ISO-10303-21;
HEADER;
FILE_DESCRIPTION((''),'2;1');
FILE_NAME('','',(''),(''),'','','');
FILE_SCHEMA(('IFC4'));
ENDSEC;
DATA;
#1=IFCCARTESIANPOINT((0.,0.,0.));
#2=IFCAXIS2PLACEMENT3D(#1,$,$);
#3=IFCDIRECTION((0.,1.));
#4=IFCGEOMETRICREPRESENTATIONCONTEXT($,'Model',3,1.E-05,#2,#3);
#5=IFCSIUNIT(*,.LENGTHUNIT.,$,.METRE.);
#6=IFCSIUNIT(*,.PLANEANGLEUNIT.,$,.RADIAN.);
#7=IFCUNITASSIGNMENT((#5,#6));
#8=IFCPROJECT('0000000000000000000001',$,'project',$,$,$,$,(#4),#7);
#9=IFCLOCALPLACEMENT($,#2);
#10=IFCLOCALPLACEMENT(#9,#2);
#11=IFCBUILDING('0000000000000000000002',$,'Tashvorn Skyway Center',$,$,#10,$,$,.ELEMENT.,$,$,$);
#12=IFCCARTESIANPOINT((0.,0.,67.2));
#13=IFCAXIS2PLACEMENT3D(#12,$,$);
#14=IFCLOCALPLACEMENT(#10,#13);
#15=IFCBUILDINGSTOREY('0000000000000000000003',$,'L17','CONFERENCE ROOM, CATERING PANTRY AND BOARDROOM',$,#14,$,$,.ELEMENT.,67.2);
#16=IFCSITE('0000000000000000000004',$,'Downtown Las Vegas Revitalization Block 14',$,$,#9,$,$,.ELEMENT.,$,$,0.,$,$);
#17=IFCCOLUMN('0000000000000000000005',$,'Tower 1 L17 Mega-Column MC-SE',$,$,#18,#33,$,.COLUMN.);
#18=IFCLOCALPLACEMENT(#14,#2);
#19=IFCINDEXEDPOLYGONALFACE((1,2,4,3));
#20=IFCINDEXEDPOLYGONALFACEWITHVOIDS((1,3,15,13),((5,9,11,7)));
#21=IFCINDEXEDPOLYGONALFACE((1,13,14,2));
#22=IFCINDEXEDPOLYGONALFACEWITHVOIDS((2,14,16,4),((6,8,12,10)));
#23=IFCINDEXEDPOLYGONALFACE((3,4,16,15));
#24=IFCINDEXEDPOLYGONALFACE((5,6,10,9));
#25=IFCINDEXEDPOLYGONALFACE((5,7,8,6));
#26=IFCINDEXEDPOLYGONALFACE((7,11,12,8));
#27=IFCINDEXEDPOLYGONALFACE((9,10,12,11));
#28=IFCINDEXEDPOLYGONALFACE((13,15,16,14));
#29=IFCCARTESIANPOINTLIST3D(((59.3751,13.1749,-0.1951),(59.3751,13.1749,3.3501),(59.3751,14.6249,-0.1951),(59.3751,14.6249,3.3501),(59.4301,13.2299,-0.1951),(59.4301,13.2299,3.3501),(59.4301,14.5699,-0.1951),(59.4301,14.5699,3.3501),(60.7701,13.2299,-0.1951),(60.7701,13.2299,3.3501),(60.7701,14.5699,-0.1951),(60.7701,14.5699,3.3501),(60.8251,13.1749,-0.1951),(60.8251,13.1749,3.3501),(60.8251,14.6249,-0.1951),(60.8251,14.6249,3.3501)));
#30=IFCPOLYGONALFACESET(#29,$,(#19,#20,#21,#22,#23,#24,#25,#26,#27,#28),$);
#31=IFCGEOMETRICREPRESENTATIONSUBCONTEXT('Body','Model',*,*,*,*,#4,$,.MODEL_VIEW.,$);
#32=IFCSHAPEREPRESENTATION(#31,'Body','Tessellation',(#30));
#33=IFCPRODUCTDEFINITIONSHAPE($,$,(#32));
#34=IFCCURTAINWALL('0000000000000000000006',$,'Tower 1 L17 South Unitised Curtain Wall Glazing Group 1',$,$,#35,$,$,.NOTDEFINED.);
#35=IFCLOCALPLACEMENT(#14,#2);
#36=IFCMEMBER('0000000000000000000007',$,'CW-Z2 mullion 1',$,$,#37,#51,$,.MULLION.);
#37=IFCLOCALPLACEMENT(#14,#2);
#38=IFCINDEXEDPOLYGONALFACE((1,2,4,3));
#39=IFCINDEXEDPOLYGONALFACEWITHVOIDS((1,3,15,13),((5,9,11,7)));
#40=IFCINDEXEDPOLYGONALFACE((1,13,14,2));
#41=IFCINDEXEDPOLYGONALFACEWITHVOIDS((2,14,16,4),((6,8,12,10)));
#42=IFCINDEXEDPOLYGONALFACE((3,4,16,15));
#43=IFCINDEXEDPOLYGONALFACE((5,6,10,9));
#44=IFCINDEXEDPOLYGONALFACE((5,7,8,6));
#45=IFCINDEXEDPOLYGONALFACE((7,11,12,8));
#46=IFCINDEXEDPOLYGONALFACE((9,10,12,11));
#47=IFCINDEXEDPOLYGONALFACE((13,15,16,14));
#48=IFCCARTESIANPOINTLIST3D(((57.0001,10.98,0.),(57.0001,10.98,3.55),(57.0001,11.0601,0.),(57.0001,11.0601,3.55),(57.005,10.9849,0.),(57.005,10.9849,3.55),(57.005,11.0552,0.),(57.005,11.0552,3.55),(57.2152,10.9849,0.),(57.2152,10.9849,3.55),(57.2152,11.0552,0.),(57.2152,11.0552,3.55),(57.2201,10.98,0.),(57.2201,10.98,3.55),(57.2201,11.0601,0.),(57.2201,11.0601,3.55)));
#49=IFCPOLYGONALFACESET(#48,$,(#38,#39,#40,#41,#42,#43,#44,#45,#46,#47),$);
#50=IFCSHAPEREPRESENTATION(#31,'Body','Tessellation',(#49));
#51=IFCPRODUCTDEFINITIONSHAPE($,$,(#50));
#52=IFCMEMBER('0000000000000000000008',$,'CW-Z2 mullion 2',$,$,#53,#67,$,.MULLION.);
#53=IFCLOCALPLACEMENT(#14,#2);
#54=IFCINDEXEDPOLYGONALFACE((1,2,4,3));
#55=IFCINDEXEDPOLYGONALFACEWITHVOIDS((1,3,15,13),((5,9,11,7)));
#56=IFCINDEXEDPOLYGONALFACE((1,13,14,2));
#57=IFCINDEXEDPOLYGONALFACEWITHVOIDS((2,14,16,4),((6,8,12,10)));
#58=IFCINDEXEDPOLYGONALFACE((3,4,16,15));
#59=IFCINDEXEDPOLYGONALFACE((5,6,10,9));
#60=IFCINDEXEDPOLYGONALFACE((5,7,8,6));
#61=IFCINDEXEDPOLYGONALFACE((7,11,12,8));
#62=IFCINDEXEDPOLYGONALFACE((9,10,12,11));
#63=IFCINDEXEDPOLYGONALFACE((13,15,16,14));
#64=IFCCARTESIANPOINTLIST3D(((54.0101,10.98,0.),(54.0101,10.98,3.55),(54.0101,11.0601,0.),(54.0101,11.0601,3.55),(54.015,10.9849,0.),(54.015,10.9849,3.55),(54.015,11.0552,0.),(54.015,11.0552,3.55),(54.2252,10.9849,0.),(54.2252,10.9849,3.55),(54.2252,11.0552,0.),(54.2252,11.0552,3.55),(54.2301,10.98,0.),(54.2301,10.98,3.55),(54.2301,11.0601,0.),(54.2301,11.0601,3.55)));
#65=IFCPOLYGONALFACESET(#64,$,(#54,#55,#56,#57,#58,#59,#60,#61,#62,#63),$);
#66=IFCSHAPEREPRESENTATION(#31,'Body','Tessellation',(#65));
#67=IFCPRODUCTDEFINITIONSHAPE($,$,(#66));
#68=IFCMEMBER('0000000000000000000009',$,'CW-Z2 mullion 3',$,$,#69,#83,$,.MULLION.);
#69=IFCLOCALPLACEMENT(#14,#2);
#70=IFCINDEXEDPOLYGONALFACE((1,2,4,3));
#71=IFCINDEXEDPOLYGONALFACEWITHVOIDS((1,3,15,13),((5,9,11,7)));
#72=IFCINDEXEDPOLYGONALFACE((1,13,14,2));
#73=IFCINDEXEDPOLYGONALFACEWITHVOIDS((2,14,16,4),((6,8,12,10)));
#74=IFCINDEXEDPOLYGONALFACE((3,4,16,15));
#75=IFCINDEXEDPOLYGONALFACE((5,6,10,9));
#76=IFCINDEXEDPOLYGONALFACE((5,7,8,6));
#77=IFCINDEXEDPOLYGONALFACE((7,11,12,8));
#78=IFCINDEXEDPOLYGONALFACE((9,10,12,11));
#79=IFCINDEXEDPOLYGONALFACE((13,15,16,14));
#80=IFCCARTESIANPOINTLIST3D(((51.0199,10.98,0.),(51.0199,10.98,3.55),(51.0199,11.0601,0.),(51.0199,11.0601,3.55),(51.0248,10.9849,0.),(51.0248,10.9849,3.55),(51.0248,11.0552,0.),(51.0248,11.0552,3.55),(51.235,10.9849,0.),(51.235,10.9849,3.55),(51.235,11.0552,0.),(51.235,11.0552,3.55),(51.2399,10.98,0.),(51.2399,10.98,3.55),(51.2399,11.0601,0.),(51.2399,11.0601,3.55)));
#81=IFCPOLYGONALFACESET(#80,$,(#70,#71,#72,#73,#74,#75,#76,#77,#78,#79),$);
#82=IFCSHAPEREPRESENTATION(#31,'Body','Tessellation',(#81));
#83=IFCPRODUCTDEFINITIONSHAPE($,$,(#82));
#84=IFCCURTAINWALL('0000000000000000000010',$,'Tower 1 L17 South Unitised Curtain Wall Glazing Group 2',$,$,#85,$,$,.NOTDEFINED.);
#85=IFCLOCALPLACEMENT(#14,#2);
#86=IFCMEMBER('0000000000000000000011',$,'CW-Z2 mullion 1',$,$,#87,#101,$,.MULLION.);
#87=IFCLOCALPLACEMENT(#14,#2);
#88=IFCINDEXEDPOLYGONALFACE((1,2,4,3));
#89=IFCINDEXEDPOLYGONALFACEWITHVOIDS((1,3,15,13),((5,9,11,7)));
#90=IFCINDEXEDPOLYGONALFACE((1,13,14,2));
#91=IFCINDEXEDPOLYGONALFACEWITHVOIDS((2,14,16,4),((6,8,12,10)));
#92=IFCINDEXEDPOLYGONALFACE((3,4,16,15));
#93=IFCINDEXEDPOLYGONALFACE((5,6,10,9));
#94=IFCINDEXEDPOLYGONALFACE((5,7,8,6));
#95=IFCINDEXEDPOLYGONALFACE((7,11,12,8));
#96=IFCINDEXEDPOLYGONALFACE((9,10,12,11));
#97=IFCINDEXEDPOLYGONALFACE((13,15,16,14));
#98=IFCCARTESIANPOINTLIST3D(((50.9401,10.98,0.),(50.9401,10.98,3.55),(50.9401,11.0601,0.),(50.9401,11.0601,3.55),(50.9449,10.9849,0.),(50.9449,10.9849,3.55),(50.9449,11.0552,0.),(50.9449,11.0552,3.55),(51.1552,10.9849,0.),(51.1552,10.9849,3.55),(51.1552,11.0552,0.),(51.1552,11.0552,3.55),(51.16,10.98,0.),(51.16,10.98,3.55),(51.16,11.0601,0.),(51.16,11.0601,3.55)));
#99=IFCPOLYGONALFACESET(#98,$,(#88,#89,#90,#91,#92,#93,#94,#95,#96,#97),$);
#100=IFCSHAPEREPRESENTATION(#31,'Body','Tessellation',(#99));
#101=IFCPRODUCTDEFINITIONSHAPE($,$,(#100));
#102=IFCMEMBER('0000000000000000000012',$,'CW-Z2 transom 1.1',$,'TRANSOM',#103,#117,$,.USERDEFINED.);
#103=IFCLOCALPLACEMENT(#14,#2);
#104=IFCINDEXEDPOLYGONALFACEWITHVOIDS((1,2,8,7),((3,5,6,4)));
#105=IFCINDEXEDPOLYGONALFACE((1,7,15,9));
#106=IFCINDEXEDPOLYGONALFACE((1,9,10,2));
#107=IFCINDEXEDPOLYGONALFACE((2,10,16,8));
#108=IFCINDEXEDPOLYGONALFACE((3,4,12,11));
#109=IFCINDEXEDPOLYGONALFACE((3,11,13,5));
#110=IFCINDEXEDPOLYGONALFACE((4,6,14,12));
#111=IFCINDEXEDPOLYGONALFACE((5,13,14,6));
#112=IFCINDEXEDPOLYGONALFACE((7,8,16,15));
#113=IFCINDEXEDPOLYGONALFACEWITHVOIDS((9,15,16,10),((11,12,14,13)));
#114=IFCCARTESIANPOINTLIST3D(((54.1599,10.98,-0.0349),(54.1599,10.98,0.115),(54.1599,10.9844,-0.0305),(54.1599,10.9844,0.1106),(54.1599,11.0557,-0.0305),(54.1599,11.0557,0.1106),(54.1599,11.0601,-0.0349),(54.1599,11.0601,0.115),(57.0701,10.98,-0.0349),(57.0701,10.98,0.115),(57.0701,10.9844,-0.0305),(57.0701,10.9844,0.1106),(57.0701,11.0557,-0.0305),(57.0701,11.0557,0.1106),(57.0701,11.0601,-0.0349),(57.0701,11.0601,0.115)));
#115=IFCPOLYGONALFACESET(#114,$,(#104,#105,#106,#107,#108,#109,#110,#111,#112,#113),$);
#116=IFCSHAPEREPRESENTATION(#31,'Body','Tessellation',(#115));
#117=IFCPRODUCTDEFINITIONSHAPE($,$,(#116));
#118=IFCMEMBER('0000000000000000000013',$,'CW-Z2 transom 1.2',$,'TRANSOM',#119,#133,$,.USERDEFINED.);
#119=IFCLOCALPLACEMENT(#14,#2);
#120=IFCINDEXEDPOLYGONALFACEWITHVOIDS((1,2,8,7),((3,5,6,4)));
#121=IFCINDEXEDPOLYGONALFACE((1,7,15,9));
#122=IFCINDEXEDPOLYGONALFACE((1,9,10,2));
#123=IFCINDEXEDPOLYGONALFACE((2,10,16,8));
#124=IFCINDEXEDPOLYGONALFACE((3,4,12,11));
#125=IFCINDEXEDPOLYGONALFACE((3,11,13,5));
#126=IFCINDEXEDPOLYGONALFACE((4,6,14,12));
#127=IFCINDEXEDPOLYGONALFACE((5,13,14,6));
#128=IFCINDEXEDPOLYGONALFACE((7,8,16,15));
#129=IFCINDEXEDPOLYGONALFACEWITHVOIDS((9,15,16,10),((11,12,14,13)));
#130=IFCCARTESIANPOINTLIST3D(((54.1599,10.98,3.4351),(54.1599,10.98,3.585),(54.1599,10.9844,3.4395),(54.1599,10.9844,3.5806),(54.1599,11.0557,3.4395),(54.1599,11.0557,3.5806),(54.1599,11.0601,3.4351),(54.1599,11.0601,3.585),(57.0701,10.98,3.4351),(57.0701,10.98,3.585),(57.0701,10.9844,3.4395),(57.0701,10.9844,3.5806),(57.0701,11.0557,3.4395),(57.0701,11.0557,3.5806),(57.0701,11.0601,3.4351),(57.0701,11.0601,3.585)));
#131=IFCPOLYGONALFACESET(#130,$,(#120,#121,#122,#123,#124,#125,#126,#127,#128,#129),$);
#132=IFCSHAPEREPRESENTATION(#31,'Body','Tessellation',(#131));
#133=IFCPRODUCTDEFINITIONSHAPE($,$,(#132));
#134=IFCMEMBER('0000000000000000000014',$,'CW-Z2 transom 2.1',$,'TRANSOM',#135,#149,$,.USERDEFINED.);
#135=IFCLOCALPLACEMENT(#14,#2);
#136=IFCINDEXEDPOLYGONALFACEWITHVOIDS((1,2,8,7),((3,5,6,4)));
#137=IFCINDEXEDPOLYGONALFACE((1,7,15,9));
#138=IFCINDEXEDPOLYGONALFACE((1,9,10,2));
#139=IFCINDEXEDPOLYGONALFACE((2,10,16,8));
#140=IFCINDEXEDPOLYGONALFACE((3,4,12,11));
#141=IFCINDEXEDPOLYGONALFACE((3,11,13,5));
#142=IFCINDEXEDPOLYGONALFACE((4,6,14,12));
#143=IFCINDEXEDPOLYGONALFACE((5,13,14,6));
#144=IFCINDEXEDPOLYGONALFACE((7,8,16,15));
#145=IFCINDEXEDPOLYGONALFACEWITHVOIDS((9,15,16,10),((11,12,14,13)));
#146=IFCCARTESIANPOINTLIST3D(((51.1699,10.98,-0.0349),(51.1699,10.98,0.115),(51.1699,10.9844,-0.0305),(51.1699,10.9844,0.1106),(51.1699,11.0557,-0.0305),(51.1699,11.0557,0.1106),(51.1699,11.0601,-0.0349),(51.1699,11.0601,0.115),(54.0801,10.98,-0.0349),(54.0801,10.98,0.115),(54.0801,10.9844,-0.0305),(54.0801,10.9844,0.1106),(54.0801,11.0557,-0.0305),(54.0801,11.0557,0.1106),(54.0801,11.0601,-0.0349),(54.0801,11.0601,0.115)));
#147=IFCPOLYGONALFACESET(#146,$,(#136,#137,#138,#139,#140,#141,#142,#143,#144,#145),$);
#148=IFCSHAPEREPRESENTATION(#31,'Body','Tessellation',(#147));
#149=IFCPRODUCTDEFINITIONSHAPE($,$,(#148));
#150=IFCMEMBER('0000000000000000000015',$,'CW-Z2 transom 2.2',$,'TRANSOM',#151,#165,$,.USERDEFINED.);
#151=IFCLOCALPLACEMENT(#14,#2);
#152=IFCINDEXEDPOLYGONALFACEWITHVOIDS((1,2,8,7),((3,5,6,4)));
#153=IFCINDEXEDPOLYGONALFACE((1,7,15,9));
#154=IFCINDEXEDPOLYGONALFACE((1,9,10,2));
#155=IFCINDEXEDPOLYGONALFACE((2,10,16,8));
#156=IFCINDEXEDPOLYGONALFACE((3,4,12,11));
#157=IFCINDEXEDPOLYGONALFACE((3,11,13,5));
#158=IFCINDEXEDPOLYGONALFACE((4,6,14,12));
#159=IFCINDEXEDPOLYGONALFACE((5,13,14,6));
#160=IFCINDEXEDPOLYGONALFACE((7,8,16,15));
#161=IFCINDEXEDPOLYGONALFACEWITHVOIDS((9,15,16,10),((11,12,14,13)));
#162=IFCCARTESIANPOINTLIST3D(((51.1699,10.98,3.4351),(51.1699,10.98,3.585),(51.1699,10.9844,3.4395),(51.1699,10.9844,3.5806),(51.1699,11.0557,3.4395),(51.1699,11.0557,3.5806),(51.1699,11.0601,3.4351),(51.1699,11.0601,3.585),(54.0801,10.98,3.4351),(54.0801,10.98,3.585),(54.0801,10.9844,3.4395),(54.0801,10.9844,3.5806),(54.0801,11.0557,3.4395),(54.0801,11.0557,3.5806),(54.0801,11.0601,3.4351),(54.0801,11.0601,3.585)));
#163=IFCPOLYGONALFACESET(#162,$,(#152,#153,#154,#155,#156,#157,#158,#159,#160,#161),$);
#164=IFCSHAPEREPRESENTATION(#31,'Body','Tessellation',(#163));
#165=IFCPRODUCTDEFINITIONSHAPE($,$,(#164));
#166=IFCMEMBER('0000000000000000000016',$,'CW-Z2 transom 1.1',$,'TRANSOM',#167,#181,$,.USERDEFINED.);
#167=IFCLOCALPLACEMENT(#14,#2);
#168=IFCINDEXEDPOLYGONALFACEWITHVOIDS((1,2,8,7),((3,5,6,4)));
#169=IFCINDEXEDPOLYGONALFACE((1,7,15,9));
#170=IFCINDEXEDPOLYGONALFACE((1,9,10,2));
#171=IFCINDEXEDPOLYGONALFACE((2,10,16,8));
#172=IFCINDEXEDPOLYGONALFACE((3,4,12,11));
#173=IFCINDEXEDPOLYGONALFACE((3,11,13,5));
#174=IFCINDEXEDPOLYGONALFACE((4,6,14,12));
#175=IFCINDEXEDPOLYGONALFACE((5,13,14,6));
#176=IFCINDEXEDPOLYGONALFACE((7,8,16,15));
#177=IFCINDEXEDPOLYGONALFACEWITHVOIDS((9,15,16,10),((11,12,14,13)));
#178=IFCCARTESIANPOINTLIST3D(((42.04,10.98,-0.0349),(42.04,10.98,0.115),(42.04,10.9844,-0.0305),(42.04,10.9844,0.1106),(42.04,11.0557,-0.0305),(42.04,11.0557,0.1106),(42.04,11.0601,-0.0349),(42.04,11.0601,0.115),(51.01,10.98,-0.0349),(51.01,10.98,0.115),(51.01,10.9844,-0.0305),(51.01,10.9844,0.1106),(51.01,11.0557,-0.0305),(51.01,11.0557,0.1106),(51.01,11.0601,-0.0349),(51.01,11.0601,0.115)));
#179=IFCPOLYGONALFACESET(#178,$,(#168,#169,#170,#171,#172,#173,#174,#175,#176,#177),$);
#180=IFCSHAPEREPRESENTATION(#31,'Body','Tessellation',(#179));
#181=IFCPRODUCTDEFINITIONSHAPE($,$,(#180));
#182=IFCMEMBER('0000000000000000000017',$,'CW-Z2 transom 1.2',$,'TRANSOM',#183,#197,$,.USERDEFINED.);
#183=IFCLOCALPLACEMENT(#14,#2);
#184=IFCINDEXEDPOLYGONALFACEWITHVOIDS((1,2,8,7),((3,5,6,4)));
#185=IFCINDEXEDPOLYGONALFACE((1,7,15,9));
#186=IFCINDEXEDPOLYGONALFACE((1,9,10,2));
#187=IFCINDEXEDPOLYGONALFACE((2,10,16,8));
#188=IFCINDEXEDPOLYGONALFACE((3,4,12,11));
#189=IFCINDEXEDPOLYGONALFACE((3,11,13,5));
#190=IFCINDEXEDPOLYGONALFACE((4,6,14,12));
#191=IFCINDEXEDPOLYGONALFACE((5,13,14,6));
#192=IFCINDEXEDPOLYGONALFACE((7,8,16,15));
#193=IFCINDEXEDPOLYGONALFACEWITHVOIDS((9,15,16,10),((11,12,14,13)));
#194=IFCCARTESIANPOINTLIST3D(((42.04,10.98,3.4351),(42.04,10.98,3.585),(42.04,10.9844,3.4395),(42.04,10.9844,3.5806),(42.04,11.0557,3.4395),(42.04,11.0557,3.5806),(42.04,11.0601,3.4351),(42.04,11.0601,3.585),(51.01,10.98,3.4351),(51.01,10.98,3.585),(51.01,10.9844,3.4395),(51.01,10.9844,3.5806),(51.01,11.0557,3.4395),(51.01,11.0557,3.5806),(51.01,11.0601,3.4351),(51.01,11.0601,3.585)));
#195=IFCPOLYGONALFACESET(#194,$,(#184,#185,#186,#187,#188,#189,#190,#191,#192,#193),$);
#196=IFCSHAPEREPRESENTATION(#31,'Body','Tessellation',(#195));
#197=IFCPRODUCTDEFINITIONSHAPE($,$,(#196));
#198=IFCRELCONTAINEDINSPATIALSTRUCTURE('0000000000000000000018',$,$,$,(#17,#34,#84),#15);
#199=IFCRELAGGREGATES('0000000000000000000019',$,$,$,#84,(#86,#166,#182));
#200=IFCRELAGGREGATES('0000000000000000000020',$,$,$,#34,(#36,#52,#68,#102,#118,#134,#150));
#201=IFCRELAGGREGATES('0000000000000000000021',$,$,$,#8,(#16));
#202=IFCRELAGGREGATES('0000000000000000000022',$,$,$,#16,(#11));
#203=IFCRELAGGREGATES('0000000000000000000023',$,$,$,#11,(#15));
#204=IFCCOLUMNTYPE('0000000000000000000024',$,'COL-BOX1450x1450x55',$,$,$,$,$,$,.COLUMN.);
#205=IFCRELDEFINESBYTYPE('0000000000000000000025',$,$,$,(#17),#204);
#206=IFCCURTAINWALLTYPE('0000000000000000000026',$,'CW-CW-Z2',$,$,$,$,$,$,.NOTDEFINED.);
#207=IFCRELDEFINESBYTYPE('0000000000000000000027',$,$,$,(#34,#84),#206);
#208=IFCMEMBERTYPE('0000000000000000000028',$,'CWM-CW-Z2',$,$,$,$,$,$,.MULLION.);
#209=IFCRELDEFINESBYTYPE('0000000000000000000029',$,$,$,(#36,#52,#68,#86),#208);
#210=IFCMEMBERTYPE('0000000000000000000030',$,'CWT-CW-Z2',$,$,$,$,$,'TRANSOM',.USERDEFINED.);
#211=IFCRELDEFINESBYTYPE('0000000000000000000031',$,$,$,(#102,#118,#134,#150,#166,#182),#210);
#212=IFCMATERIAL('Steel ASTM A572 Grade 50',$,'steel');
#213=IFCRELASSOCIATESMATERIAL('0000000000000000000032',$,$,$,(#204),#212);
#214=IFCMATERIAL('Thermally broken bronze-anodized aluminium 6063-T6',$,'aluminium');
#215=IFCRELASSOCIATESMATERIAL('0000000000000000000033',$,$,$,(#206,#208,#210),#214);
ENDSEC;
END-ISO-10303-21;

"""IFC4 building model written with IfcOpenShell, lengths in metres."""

from ifc_helpers import new_model, si_unit, direction, frame, origin, origin_2d, place, context, subcontext, project, spatial, hollow_rectangle, extrude, material, material_profile, profile_set, type_object, element, aggregate, save


model = new_model("IFC4")

# Units and contexts
model_context = context("Model", 3, precision=1e-05, world=origin(), true_north=direction((0.0, 1.0)))
body_context = subcontext(model_context, "Body", "Model", "MODEL_VIEW")
ifc_project = project(units=[si_unit("LENGTHUNIT", "METRE"), si_unit("PLANEANGLEUNIT", "RADIAN")], contexts=[model_context])

# Site, building, storey
site_placement = place(None, origin())
site = spatial("IfcSite", under=ifc_project, at=site_placement, Name="Downtown Las Vegas Revitalization Block 14", CompositionType="ELEMENT", RefElevation=0.0)
building_placement = place(site_placement, origin())
building = spatial("IfcBuilding", under=site, at=building_placement, Name="Tashvorn Skyway Center", CompositionType="ELEMENT")
storey_placement = place(building_placement, frame((0.0, 0.0, 67.2)))
storey = spatial("IfcBuildingStorey", under=building, at=storey_placement, Name="L17", Description="CONFERENCE ROOM, CATERING PANTRY AND BOARDROOM", CompositionType="ELEMENT", Elevation=67.2)

# Column
ifc_material_1 = material(Name="Steel ASTM A572 Grade 50", Category="steel")
ifc_material_profile_1 = material_profile(ifc_material_1, hollow_rectangle(XDim=1.45, YDim=1.45, WallThickness=0.0549, at=origin_2d()), Name="BOX1450x1450x55")
ifc_profile_set_1 = profile_set([ifc_material_profile_1], Name="Steel ASTM A572 Grade 50")
column_type = type_object("IfcColumnType", Name="COL-BOX1450x1450x55", PredefinedType="COLUMN", material=ifc_profile_set_1)
column_placement = place(storey_placement, frame((60.1001, 13.8999, -0.1951), z_axis=(0.0, 0.0, 1.0), x_axis=(1.0, 0.0, 0.0)))
element("IfcColumn", 1, at=column_placement, inside=storey, type_object=column_type, Name="Tower 1 L17 Mega-Column MC-SE", PredefinedType="COLUMN", context=body_context, shape_type="SweptSolid", body=[
    extrude(hollow_rectangle(XDim=1.45, YDim=1.45, WallThickness=0.0549, at=origin_2d()), origin(), (0.0, 0.0, 1.0), 3.5452),
])

# Curtain wall, members
ifc_material_2 = material(Name="Thermally broken bronze-anodized aluminium 6063-T6", Category="aluminium")
curtain_wall_type = type_object("IfcCurtainWallType", Name="CW-CW-Z2", PredefinedType="NOTDEFINED", material=ifc_material_2)
curtain_wall_1_placement = place(storey_placement, origin())
curtain_wall_1 = element("IfcCurtainWall", 2, at=curtain_wall_1_placement, inside=storey, type_object=curtain_wall_type, Name="Tower 1 L17 South Unitised Curtain Wall Glazing Group 1", PredefinedType="NOTDEFINED")
ifc_material_profile_2 = material_profile(ifc_material_2, hollow_rectangle(XDim=0.0801, YDim=0.22, WallThickness=0.0049, at=origin_2d()), Name="ALU-MULL-80x220")
ifc_profile_set_2 = profile_set([ifc_material_profile_2], Name="Thermally broken bronze-anodized aluminium 6063-T6")
member_type_1 = type_object("IfcMemberType", Name="CWM-CW-Z2", PredefinedType="MULLION", material=ifc_profile_set_2)
member_1_placement = place(storey_placement, frame((57.1101, 11.02, 0.0), z_axis=(0.0, 0.0, 1.0), x_axis=(0.0, -1.0, 0.0)))
member_1 = element("IfcMember", 3, at=member_1_placement, type_object=member_type_1, Name="CW-Z2 mullion 1", PredefinedType="MULLION", context=body_context, shape_type="SweptSolid", body=[
    extrude(hollow_rectangle(XDim=0.0801, YDim=0.22, WallThickness=0.0049, at=origin_2d()), origin(), (0.0, 0.0, 1.0), 3.55),
])
member_2_placement = place(storey_placement, frame((54.1201, 11.02, 0.0), z_axis=(0.0, 0.0, 1.0), x_axis=(0.0, -1.0, 0.0)))
member_2 = element("IfcMember", 4, at=member_2_placement, type_object=member_type_1, Name="CW-Z2 mullion 2", PredefinedType="MULLION", context=body_context, shape_type="SweptSolid", body=[
    extrude(hollow_rectangle(XDim=0.0801, YDim=0.22, WallThickness=0.0049, at=origin_2d()), origin(), (0.0, 0.0, 1.0), 3.55),
])
member_3_placement = place(storey_placement, frame((51.1299, 11.02, 0.0), z_axis=(0.0, 0.0, 1.0), x_axis=(0.0, -1.0, 0.0)))
member_3 = element("IfcMember", 5, at=member_3_placement, type_object=member_type_1, Name="CW-Z2 mullion 3", PredefinedType="MULLION", context=body_context, shape_type="SweptSolid", body=[
    extrude(hollow_rectangle(XDim=0.0801, YDim=0.22, WallThickness=0.0049, at=origin_2d()), origin(), (0.0, 0.0, 1.0), 3.55),
])

# Curtain wall, member
curtain_wall_2_placement = place(storey_placement, origin())
curtain_wall_2 = element("IfcCurtainWall", 6, at=curtain_wall_2_placement, inside=storey, type_object=curtain_wall_type, Name="Tower 1 L17 South Unitised Curtain Wall Glazing Group 2", PredefinedType="NOTDEFINED")
member_4_placement = place(storey_placement, frame((51.05, 11.02, 0.0), z_axis=(0.0, 0.0, 1.0), x_axis=(0.0, -1.0, 0.0)))
member_4 = element("IfcMember", 7, at=member_4_placement, type_object=member_type_1, Name="CW-Z2 mullion 1", PredefinedType="MULLION", context=body_context, shape_type="SweptSolid", body=[
    extrude(hollow_rectangle(XDim=0.0801, YDim=0.22, WallThickness=0.0049, at=origin_2d()), origin(), (0.0, 0.0, 1.0), 3.55),
])

# Members
ifc_material_profile_3 = material_profile(ifc_material_2, hollow_rectangle(XDim=0.0801, YDim=0.1499, WallThickness=0.0044, at=origin_2d()), Name="ALU-TRAN-80x150")
ifc_profile_set_3 = profile_set([ifc_material_profile_3], Name="Thermally broken bronze-anodized aluminium 6063-T6")
member_type_2 = type_object("IfcMemberType", Name="CWT-CW-Z2", ElementType="TRANSOM", PredefinedType="USERDEFINED", material=ifc_profile_set_3)
member_5_placement = place(storey_placement, frame((57.0701, 11.02, 0.04), z_axis=(-1.0, 0.0, 0.0), x_axis=(0.0, -1.0, 0.0)))
member_5 = element("IfcMember", 8, at=member_5_placement, type_object=member_type_2, Name="CW-Z2 transom 1.1", ObjectType="TRANSOM", PredefinedType="USERDEFINED", context=body_context, shape_type="SweptSolid", body=[
    extrude(hollow_rectangle(XDim=0.0801, YDim=0.1499, WallThickness=0.0044, at=origin_2d()), origin(), (0.0, 0.0, 1.0), 2.9102),
])
member_6_placement = place(storey_placement, frame((57.0701, 11.02, 3.51), z_axis=(-1.0, 0.0, 0.0), x_axis=(0.0, -1.0, 0.0)))
member_6 = element("IfcMember", 9, at=member_6_placement, type_object=member_type_2, Name="CW-Z2 transom 1.2", ObjectType="TRANSOM", PredefinedType="USERDEFINED", context=body_context, shape_type="SweptSolid", body=[
    extrude(hollow_rectangle(XDim=0.0801, YDim=0.1499, WallThickness=0.0044, at=origin_2d()), origin(), (0.0, 0.0, 1.0), 2.9102),
])
member_7_placement = place(storey_placement, frame((54.0801, 11.02, 0.04), z_axis=(-1.0, 0.0, 0.0), x_axis=(0.0, -1.0, 0.0)))
member_7 = element("IfcMember", 10, at=member_7_placement, type_object=member_type_2, Name="CW-Z2 transom 2.1", ObjectType="TRANSOM", PredefinedType="USERDEFINED", context=body_context, shape_type="SweptSolid", body=[
    extrude(hollow_rectangle(XDim=0.0801, YDim=0.1499, WallThickness=0.0044, at=origin_2d()), origin(), (0.0, 0.0, 1.0), 2.9102),
])
member_8_placement = place(storey_placement, frame((54.0801, 11.02, 3.51), z_axis=(-1.0, 0.0, 0.0), x_axis=(0.0, -1.0, 0.0)))
member_8 = element("IfcMember", 11, at=member_8_placement, type_object=member_type_2, Name="CW-Z2 transom 2.2", ObjectType="TRANSOM", PredefinedType="USERDEFINED", context=body_context, shape_type="SweptSolid", body=[
    extrude(hollow_rectangle(XDim=0.0801, YDim=0.1499, WallThickness=0.0044, at=origin_2d()), origin(), (0.0, 0.0, 1.0), 2.9102),
])
member_9_placement = place(storey_placement, frame((51.01, 11.02, 0.04), z_axis=(-1.0, 0.0, 0.0), x_axis=(0.0, -1.0, 0.0)))
member_9 = element("IfcMember", 12, at=member_9_placement, type_object=member_type_2, Name="CW-Z2 transom 1.1", ObjectType="TRANSOM", PredefinedType="USERDEFINED", context=body_context, shape_type="SweptSolid", body=[
    extrude(hollow_rectangle(XDim=0.0801, YDim=0.1499, WallThickness=0.0044, at=origin_2d()), origin(), (0.0, 0.0, 1.0), 8.97),
])
member_10_placement = place(storey_placement, frame((51.01, 11.02, 3.51), z_axis=(-1.0, 0.0, 0.0), x_axis=(0.0, -1.0, 0.0)))
member_10 = element("IfcMember", 13, at=member_10_placement, type_object=member_type_2, Name="CW-Z2 transom 1.2", ObjectType="TRANSOM", PredefinedType="USERDEFINED", context=body_context, shape_type="SweptSolid", body=[
    extrude(hollow_rectangle(XDim=0.0801, YDim=0.1499, WallThickness=0.0044, at=origin_2d()), origin(), (0.0, 0.0, 1.0), 8.97),
])
aggregate(curtain_wall_2, [member_4, member_9, member_10])

aggregate(curtain_wall_1, [member_1, member_2, member_3, member_5, member_6, member_7, member_8])

save(model, "model.ifc")
